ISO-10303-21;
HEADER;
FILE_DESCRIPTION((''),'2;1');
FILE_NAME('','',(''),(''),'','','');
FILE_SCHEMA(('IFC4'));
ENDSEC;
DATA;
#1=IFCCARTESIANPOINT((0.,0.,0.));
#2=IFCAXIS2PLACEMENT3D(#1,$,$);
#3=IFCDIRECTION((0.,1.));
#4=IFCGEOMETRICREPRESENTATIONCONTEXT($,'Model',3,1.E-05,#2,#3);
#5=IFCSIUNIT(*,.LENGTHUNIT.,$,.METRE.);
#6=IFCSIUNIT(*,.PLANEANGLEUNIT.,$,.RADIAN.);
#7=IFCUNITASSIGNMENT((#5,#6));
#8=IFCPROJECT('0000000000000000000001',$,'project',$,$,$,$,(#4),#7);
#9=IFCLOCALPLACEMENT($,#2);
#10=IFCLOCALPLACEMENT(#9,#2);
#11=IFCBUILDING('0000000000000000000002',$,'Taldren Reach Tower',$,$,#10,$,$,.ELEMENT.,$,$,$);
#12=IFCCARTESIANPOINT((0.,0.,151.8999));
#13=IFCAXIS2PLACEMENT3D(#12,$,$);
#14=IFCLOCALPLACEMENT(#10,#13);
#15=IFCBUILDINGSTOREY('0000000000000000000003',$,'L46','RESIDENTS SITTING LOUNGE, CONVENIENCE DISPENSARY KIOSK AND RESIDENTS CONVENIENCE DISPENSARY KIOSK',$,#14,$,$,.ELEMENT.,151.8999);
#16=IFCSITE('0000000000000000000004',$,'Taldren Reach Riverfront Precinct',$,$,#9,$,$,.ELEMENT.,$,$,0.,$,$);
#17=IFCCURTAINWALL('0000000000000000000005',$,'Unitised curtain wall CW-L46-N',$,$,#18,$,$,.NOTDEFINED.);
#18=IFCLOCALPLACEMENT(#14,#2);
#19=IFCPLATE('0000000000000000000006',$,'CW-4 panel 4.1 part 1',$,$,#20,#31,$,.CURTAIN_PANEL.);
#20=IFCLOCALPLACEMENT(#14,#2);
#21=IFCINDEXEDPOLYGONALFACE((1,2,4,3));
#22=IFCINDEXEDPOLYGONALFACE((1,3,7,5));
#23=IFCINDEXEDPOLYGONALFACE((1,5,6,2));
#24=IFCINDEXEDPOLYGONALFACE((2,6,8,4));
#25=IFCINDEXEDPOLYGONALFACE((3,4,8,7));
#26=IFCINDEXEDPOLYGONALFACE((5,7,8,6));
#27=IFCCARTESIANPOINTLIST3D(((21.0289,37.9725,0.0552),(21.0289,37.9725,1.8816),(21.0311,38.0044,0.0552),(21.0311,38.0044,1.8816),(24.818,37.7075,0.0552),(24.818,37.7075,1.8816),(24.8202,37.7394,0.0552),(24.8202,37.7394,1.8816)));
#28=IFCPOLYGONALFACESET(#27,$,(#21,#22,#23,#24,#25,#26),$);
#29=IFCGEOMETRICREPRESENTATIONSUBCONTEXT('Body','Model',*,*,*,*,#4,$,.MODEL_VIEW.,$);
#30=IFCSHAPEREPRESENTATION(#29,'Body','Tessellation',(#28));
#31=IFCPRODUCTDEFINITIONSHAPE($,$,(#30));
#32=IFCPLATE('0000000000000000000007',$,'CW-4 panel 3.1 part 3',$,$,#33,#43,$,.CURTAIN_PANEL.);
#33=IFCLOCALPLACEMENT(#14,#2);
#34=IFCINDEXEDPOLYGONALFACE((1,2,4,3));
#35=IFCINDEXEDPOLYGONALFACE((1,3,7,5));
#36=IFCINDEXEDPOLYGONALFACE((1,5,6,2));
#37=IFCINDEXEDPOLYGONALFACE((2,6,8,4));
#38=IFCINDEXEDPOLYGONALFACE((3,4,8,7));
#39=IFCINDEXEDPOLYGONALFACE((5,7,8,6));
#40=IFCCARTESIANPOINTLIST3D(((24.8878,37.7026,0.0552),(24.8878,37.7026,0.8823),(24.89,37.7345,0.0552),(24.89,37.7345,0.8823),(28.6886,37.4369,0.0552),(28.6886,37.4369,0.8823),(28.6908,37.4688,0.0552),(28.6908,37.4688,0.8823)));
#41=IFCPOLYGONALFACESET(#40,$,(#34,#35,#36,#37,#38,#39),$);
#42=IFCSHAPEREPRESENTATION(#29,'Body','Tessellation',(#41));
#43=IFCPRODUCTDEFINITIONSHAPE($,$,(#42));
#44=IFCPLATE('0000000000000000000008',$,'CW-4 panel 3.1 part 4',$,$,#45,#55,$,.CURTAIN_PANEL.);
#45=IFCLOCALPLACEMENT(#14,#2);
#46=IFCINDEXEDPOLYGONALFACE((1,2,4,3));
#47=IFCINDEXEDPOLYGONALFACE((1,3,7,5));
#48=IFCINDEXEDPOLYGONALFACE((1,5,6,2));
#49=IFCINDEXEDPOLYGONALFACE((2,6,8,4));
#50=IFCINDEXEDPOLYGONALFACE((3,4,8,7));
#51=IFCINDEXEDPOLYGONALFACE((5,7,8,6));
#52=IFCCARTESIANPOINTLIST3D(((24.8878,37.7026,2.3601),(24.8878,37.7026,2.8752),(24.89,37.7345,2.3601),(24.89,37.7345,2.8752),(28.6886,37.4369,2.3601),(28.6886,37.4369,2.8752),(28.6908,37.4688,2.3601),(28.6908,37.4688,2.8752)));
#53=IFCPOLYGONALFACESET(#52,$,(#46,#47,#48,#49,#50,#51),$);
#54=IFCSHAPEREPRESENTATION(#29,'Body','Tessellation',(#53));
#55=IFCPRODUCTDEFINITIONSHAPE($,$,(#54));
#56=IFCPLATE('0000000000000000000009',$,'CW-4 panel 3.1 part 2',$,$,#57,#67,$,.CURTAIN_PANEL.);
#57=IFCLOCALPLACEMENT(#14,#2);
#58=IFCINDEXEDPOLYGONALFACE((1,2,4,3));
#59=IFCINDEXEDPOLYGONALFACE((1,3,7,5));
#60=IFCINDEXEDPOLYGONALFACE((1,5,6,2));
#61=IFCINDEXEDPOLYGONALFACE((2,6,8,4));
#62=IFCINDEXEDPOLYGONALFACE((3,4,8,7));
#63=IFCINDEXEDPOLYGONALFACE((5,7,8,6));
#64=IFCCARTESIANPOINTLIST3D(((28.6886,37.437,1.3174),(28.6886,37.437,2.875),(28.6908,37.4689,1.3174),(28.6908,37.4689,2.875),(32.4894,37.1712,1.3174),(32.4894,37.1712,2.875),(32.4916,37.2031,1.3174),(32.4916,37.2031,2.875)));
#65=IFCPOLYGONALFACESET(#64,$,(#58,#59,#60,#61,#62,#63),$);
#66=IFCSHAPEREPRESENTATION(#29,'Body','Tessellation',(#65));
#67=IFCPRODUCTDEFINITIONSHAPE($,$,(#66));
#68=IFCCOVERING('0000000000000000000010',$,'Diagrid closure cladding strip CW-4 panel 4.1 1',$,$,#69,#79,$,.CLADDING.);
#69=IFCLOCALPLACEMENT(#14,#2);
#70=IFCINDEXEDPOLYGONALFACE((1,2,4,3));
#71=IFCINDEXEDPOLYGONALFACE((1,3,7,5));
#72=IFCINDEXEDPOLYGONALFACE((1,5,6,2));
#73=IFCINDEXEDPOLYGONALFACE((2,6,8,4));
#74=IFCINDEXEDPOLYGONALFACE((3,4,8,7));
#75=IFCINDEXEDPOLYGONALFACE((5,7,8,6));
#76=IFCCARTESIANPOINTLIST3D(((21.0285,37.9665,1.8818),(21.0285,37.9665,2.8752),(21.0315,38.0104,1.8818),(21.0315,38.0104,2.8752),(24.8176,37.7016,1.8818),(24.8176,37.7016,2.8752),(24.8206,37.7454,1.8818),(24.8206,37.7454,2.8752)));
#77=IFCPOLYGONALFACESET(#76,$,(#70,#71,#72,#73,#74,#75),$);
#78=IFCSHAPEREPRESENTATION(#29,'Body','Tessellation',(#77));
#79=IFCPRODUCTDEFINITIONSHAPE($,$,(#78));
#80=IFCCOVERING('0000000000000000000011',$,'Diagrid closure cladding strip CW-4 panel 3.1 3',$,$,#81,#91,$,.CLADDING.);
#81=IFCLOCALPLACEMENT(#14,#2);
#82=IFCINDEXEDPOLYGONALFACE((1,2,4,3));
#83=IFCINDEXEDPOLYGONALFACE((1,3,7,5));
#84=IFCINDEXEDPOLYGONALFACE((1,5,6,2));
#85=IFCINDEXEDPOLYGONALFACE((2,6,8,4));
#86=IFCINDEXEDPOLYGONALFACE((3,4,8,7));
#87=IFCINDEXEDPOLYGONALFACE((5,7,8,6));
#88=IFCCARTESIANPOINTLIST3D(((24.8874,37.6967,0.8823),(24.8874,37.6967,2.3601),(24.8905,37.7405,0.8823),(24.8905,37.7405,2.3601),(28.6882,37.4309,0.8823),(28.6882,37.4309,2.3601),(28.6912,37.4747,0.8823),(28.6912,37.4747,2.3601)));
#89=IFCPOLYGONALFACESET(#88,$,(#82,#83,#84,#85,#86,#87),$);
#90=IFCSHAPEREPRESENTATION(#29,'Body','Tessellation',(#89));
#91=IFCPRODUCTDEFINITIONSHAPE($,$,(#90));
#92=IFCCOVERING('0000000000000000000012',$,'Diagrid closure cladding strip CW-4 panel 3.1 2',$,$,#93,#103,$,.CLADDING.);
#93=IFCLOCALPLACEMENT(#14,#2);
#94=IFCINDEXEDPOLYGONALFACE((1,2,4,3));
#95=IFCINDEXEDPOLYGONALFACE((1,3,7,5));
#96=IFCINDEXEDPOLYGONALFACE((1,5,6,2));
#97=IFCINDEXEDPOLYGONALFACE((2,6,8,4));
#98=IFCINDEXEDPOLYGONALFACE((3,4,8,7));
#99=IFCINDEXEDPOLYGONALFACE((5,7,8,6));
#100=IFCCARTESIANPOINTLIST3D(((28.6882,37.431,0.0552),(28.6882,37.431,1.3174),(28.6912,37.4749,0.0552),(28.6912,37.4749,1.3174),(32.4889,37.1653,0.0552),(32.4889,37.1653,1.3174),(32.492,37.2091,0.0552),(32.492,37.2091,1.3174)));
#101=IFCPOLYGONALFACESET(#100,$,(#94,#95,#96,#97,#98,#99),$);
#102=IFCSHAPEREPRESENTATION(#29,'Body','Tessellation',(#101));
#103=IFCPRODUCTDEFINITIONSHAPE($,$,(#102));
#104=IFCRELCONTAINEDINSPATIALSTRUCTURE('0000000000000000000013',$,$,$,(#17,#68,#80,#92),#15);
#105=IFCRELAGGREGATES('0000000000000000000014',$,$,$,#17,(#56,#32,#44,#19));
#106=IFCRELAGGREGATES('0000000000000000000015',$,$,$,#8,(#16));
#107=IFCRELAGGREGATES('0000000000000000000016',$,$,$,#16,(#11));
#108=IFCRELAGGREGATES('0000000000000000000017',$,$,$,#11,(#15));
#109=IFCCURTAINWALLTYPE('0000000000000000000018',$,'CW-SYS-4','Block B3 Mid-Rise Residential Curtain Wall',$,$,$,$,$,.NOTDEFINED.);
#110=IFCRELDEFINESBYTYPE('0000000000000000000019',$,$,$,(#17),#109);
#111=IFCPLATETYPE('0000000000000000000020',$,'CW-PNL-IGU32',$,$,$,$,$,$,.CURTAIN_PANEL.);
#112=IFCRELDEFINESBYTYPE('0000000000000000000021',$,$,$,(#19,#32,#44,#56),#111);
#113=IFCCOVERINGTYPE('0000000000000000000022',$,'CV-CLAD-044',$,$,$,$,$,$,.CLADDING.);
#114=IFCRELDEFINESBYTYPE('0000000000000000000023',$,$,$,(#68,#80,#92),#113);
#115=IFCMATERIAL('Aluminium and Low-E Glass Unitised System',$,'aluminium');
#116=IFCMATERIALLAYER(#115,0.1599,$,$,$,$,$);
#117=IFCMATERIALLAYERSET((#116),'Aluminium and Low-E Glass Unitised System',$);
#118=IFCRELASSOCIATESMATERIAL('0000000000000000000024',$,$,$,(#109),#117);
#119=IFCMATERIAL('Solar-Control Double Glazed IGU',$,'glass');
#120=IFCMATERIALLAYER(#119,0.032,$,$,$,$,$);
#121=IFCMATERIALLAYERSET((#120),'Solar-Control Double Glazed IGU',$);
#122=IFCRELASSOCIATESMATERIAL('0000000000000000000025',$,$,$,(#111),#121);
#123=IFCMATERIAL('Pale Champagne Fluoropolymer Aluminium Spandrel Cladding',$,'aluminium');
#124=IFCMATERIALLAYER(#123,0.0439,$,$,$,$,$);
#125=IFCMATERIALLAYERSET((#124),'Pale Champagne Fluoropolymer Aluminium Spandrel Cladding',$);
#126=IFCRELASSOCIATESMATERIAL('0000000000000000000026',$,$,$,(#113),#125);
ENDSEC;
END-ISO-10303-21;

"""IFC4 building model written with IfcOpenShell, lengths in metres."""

from ifc_helpers import new_model, si_unit, direction, frame, origin, origin_2d, place, context, subcontext, project, spatial, rectangle, extrude, source, transform, mapped, material, layer, layer_set, type_object, element, aggregate, save


model = new_model("IFC4")

# Units and contexts
model_context = context("Model", 3, precision=1e-05, world=origin(), true_north=direction((0.0, 1.0)))
body_context = subcontext(model_context, "Body", "Model", "MODEL_VIEW")
ifc_project = project(units=[si_unit("LENGTHUNIT", "METRE"), si_unit("PLANEANGLEUNIT", "RADIAN")], contexts=[model_context])

# Site, building, storey
site_placement = place(None, origin())
site = spatial("IfcSite", under=ifc_project, at=site_placement, Name="Taldren Reach Riverfront Precinct", CompositionType="ELEMENT", RefElevation=0.0)
building_placement = place(site_placement, origin())
building = spatial("IfcBuilding", under=site, at=building_placement, Name="Taldren Reach Tower", CompositionType="ELEMENT")
storey_placement = place(building_placement, frame((0.0, 0.0, 151.8999)))
storey = spatial("IfcBuildingStorey", under=building, at=storey_placement, Name="L46", Description="RESIDENTS SITTING LOUNGE, CONVENIENCE DISPENSARY KIOSK AND RESIDENTS CONVENIENCE DISPENSARY KIOSK", CompositionType="ELEMENT", Elevation=151.8999)

# Curtain wall
ifc_material_1 = material(Name="Aluminium and Low-E Glass Unitised System", Category="aluminium")
ifc_layer_1 = layer(ifc_material_1, 0.1599)
ifc_layer_set_1 = layer_set([ifc_layer_1], Name="Aluminium and Low-E Glass Unitised System")
curtain_wall_type = type_object("IfcCurtainWallType", Name="CW-SYS-4", Description="Block B3 Mid-Rise Residential Curtain Wall", PredefinedType="NOTDEFINED", material=ifc_layer_set_1)
curtain_wall_placement = place(storey_placement, origin())
curtain_wall = element("IfcCurtainWall", 1, at=curtain_wall_placement, inside=storey, type_object=curtain_wall_type, Name="Unitised curtain wall CW-L46-N", PredefinedType="NOTDEFINED")

# Plates
ifc_material_2 = material(Name="Solar-Control Double Glazed IGU", Category="glass")
ifc_layer_2 = layer(ifc_material_2, 0.032)
ifc_layer_set_2 = layer_set([ifc_layer_2], Name="Solar-Control Double Glazed IGU")
plate_type_1 = type_object("IfcPlateType", Name="CW-PNL-IGU32", PredefinedType="CURTAIN_PANEL", material=ifc_layer_set_2)
shared_shape_1 = source(origin(), body_context, "Body", "SweptSolid", [
    extrude(rectangle(XDim=3.7983, YDim=0.032, at=origin_2d()), origin(), (0.0, 0.0, 1.0), 1.8264),
])
plate_1_placement = place(storey_placement, frame((22.9246, 37.856, 0.0552), z_axis=(0.0, 0.0, 1.0), x_axis=(-0.997564, 0.069757, 0.0)))
plate_1 = element("IfcPlate", 2, at=plate_1_placement, type_object=plate_type_1, Name="CW-4 panel 4.1 part 1", PredefinedType="CURTAIN_PANEL", context=body_context, shape_type="MappedRepresentation", body=[
    mapped(shared_shape_1, transform((0.0, 0.0, 0.0), scale=1.0)),
])
shared_shape_2 = source(origin(), body_context, "Body", "SweptSolid", [
    extrude(rectangle(XDim=3.8101, YDim=0.032, at=origin_2d()), origin(), (0.0, 0.0, 1.0), 0.8271),
])
plate_2_placement = place(storey_placement, frame((26.7893, 37.5857, 0.0552), z_axis=(0.0, 0.0, 1.0), x_axis=(-0.997564, 0.069757, 0.0)))
plate_2 = element("IfcPlate", 3, at=plate_2_placement, type_object=plate_type_1, Name="CW-4 panel 3.1 part 3", PredefinedType="CURTAIN_PANEL", context=body_context, shape_type="MappedRepresentation", body=[
    mapped(shared_shape_2, transform((0.0, 0.0, 0.0), scale=1.0)),
])
shared_shape_3 = source(origin(), body_context, "Body", "SweptSolid", [
    extrude(rectangle(XDim=3.8101, YDim=0.032, at=origin_2d()), origin(), (0.0, 0.0, 1.0), 0.5151),
])
plate_3_placement = place(storey_placement, frame((26.7893, 37.5857, 2.3601), z_axis=(0.0, 0.0, 1.0), x_axis=(-0.997564, 0.069757, 0.0)))
plate_3 = element("IfcPlate", 4, at=plate_3_placement, type_object=plate_type_1, Name="CW-4 panel 3.1 part 4", PredefinedType="CURTAIN_PANEL", context=body_context, shape_type="MappedRepresentation", body=[
    mapped(shared_shape_3, transform((0.0, 0.0, 0.0), scale=1.0)),
])
shared_shape_4 = source(origin(), body_context, "Body", "SweptSolid", [
    extrude(rectangle(XDim=3.8101, YDim=0.032, at=origin_2d()), origin(), (0.0, 0.0, 1.0), 1.5576),
])
plate_4_placement = place(storey_placement, frame((30.5901, 37.3201, 1.3174), z_axis=(0.0, 0.0, 1.0), x_axis=(-0.997564, 0.069757, 0.0)))
plate_4 = element("IfcPlate", 5, at=plate_4_placement, type_object=plate_type_1, Name="CW-4 panel 3.1 part 2", PredefinedType="CURTAIN_PANEL", context=body_context, shape_type="MappedRepresentation", body=[
    mapped(shared_shape_4, transform((0.0, 0.0, 0.0), scale=1.0)),
])
aggregate(curtain_wall, [plate_4, plate_2, plate_3, plate_1])

# Coverings
ifc_material_3 = material(Name="Pale Champagne Fluoropolymer Aluminium Spandrel Cladding", Category="aluminium")
ifc_layer_3 = layer(ifc_material_3, 0.0439)
ifc_layer_set_3 = layer_set([ifc_layer_3], Name="Pale Champagne Fluoropolymer Aluminium Spandrel Cladding")
covering_type = type_object("IfcCoveringType", Name="CV-CLAD-044", PredefinedType="CLADDING", material=ifc_layer_set_3)
shared_shape_5 = source(origin(), body_context, "Body", "SweptSolid", [
    extrude(rectangle(XDim=3.7983, YDim=0.0439, at=origin_2d()), origin(), (0.0, 0.0, 1.0), 0.9934),
])
covering_1_placement = place(storey_placement, frame((22.9246, 37.856, 1.8818), z_axis=(0.0, 0.0, 1.0), x_axis=(-0.997564, 0.069757, 0.0)))
element("IfcCovering", 6, at=covering_1_placement, inside=storey, type_object=covering_type, Name="Diagrid closure cladding strip CW-4 panel 4.1 1", PredefinedType="CLADDING", context=body_context, shape_type="MappedRepresentation", body=[
    mapped(shared_shape_5, transform((0.0, 0.0, 0.0), scale=1.0)),
])
shared_shape_6 = source(origin(), body_context, "Body", "SweptSolid", [
    extrude(rectangle(XDim=3.8101, YDim=0.0439, at=origin_2d()), origin(), (0.0, 0.0, 1.0), 1.4778),
])
covering_2_placement = place(storey_placement, frame((26.7893, 37.5857, 0.8823), z_axis=(0.0, 0.0, 1.0), x_axis=(-0.997564, 0.069757, 0.0)))
element("IfcCovering", 7, at=covering_2_placement, inside=storey, type_object=covering_type, Name="Diagrid closure cladding strip CW-4 panel 3.1 3", PredefinedType="CLADDING", context=body_context, shape_type="MappedRepresentation", body=[
    mapped(shared_shape_6, transform((0.0, 0.0, 0.0), scale=1.0)),
])
shared_shape_7 = source(origin(), body_context, "Body", "SweptSolid", [
    extrude(rectangle(XDim=3.8101, YDim=0.0439, at=origin_2d()), origin(), (0.0, 0.0, 1.0), 1.2622),
])
covering_3_placement = place(storey_placement, frame((30.5901, 37.3201, 0.0552), z_axis=(0.0, 0.0, 1.0), x_axis=(-0.997564, 0.069757, 0.0)))
element("IfcCovering", 8, at=covering_3_placement, inside=storey, type_object=covering_type, Name="Diagrid closure cladding strip CW-4 panel 3.1 2", PredefinedType="CLADDING", context=body_context, shape_type="MappedRepresentation", body=[
    mapped(shared_shape_7, transform((0.0, 0.0, 0.0), scale=1.0)),
])

save(model, "model.ifc")
